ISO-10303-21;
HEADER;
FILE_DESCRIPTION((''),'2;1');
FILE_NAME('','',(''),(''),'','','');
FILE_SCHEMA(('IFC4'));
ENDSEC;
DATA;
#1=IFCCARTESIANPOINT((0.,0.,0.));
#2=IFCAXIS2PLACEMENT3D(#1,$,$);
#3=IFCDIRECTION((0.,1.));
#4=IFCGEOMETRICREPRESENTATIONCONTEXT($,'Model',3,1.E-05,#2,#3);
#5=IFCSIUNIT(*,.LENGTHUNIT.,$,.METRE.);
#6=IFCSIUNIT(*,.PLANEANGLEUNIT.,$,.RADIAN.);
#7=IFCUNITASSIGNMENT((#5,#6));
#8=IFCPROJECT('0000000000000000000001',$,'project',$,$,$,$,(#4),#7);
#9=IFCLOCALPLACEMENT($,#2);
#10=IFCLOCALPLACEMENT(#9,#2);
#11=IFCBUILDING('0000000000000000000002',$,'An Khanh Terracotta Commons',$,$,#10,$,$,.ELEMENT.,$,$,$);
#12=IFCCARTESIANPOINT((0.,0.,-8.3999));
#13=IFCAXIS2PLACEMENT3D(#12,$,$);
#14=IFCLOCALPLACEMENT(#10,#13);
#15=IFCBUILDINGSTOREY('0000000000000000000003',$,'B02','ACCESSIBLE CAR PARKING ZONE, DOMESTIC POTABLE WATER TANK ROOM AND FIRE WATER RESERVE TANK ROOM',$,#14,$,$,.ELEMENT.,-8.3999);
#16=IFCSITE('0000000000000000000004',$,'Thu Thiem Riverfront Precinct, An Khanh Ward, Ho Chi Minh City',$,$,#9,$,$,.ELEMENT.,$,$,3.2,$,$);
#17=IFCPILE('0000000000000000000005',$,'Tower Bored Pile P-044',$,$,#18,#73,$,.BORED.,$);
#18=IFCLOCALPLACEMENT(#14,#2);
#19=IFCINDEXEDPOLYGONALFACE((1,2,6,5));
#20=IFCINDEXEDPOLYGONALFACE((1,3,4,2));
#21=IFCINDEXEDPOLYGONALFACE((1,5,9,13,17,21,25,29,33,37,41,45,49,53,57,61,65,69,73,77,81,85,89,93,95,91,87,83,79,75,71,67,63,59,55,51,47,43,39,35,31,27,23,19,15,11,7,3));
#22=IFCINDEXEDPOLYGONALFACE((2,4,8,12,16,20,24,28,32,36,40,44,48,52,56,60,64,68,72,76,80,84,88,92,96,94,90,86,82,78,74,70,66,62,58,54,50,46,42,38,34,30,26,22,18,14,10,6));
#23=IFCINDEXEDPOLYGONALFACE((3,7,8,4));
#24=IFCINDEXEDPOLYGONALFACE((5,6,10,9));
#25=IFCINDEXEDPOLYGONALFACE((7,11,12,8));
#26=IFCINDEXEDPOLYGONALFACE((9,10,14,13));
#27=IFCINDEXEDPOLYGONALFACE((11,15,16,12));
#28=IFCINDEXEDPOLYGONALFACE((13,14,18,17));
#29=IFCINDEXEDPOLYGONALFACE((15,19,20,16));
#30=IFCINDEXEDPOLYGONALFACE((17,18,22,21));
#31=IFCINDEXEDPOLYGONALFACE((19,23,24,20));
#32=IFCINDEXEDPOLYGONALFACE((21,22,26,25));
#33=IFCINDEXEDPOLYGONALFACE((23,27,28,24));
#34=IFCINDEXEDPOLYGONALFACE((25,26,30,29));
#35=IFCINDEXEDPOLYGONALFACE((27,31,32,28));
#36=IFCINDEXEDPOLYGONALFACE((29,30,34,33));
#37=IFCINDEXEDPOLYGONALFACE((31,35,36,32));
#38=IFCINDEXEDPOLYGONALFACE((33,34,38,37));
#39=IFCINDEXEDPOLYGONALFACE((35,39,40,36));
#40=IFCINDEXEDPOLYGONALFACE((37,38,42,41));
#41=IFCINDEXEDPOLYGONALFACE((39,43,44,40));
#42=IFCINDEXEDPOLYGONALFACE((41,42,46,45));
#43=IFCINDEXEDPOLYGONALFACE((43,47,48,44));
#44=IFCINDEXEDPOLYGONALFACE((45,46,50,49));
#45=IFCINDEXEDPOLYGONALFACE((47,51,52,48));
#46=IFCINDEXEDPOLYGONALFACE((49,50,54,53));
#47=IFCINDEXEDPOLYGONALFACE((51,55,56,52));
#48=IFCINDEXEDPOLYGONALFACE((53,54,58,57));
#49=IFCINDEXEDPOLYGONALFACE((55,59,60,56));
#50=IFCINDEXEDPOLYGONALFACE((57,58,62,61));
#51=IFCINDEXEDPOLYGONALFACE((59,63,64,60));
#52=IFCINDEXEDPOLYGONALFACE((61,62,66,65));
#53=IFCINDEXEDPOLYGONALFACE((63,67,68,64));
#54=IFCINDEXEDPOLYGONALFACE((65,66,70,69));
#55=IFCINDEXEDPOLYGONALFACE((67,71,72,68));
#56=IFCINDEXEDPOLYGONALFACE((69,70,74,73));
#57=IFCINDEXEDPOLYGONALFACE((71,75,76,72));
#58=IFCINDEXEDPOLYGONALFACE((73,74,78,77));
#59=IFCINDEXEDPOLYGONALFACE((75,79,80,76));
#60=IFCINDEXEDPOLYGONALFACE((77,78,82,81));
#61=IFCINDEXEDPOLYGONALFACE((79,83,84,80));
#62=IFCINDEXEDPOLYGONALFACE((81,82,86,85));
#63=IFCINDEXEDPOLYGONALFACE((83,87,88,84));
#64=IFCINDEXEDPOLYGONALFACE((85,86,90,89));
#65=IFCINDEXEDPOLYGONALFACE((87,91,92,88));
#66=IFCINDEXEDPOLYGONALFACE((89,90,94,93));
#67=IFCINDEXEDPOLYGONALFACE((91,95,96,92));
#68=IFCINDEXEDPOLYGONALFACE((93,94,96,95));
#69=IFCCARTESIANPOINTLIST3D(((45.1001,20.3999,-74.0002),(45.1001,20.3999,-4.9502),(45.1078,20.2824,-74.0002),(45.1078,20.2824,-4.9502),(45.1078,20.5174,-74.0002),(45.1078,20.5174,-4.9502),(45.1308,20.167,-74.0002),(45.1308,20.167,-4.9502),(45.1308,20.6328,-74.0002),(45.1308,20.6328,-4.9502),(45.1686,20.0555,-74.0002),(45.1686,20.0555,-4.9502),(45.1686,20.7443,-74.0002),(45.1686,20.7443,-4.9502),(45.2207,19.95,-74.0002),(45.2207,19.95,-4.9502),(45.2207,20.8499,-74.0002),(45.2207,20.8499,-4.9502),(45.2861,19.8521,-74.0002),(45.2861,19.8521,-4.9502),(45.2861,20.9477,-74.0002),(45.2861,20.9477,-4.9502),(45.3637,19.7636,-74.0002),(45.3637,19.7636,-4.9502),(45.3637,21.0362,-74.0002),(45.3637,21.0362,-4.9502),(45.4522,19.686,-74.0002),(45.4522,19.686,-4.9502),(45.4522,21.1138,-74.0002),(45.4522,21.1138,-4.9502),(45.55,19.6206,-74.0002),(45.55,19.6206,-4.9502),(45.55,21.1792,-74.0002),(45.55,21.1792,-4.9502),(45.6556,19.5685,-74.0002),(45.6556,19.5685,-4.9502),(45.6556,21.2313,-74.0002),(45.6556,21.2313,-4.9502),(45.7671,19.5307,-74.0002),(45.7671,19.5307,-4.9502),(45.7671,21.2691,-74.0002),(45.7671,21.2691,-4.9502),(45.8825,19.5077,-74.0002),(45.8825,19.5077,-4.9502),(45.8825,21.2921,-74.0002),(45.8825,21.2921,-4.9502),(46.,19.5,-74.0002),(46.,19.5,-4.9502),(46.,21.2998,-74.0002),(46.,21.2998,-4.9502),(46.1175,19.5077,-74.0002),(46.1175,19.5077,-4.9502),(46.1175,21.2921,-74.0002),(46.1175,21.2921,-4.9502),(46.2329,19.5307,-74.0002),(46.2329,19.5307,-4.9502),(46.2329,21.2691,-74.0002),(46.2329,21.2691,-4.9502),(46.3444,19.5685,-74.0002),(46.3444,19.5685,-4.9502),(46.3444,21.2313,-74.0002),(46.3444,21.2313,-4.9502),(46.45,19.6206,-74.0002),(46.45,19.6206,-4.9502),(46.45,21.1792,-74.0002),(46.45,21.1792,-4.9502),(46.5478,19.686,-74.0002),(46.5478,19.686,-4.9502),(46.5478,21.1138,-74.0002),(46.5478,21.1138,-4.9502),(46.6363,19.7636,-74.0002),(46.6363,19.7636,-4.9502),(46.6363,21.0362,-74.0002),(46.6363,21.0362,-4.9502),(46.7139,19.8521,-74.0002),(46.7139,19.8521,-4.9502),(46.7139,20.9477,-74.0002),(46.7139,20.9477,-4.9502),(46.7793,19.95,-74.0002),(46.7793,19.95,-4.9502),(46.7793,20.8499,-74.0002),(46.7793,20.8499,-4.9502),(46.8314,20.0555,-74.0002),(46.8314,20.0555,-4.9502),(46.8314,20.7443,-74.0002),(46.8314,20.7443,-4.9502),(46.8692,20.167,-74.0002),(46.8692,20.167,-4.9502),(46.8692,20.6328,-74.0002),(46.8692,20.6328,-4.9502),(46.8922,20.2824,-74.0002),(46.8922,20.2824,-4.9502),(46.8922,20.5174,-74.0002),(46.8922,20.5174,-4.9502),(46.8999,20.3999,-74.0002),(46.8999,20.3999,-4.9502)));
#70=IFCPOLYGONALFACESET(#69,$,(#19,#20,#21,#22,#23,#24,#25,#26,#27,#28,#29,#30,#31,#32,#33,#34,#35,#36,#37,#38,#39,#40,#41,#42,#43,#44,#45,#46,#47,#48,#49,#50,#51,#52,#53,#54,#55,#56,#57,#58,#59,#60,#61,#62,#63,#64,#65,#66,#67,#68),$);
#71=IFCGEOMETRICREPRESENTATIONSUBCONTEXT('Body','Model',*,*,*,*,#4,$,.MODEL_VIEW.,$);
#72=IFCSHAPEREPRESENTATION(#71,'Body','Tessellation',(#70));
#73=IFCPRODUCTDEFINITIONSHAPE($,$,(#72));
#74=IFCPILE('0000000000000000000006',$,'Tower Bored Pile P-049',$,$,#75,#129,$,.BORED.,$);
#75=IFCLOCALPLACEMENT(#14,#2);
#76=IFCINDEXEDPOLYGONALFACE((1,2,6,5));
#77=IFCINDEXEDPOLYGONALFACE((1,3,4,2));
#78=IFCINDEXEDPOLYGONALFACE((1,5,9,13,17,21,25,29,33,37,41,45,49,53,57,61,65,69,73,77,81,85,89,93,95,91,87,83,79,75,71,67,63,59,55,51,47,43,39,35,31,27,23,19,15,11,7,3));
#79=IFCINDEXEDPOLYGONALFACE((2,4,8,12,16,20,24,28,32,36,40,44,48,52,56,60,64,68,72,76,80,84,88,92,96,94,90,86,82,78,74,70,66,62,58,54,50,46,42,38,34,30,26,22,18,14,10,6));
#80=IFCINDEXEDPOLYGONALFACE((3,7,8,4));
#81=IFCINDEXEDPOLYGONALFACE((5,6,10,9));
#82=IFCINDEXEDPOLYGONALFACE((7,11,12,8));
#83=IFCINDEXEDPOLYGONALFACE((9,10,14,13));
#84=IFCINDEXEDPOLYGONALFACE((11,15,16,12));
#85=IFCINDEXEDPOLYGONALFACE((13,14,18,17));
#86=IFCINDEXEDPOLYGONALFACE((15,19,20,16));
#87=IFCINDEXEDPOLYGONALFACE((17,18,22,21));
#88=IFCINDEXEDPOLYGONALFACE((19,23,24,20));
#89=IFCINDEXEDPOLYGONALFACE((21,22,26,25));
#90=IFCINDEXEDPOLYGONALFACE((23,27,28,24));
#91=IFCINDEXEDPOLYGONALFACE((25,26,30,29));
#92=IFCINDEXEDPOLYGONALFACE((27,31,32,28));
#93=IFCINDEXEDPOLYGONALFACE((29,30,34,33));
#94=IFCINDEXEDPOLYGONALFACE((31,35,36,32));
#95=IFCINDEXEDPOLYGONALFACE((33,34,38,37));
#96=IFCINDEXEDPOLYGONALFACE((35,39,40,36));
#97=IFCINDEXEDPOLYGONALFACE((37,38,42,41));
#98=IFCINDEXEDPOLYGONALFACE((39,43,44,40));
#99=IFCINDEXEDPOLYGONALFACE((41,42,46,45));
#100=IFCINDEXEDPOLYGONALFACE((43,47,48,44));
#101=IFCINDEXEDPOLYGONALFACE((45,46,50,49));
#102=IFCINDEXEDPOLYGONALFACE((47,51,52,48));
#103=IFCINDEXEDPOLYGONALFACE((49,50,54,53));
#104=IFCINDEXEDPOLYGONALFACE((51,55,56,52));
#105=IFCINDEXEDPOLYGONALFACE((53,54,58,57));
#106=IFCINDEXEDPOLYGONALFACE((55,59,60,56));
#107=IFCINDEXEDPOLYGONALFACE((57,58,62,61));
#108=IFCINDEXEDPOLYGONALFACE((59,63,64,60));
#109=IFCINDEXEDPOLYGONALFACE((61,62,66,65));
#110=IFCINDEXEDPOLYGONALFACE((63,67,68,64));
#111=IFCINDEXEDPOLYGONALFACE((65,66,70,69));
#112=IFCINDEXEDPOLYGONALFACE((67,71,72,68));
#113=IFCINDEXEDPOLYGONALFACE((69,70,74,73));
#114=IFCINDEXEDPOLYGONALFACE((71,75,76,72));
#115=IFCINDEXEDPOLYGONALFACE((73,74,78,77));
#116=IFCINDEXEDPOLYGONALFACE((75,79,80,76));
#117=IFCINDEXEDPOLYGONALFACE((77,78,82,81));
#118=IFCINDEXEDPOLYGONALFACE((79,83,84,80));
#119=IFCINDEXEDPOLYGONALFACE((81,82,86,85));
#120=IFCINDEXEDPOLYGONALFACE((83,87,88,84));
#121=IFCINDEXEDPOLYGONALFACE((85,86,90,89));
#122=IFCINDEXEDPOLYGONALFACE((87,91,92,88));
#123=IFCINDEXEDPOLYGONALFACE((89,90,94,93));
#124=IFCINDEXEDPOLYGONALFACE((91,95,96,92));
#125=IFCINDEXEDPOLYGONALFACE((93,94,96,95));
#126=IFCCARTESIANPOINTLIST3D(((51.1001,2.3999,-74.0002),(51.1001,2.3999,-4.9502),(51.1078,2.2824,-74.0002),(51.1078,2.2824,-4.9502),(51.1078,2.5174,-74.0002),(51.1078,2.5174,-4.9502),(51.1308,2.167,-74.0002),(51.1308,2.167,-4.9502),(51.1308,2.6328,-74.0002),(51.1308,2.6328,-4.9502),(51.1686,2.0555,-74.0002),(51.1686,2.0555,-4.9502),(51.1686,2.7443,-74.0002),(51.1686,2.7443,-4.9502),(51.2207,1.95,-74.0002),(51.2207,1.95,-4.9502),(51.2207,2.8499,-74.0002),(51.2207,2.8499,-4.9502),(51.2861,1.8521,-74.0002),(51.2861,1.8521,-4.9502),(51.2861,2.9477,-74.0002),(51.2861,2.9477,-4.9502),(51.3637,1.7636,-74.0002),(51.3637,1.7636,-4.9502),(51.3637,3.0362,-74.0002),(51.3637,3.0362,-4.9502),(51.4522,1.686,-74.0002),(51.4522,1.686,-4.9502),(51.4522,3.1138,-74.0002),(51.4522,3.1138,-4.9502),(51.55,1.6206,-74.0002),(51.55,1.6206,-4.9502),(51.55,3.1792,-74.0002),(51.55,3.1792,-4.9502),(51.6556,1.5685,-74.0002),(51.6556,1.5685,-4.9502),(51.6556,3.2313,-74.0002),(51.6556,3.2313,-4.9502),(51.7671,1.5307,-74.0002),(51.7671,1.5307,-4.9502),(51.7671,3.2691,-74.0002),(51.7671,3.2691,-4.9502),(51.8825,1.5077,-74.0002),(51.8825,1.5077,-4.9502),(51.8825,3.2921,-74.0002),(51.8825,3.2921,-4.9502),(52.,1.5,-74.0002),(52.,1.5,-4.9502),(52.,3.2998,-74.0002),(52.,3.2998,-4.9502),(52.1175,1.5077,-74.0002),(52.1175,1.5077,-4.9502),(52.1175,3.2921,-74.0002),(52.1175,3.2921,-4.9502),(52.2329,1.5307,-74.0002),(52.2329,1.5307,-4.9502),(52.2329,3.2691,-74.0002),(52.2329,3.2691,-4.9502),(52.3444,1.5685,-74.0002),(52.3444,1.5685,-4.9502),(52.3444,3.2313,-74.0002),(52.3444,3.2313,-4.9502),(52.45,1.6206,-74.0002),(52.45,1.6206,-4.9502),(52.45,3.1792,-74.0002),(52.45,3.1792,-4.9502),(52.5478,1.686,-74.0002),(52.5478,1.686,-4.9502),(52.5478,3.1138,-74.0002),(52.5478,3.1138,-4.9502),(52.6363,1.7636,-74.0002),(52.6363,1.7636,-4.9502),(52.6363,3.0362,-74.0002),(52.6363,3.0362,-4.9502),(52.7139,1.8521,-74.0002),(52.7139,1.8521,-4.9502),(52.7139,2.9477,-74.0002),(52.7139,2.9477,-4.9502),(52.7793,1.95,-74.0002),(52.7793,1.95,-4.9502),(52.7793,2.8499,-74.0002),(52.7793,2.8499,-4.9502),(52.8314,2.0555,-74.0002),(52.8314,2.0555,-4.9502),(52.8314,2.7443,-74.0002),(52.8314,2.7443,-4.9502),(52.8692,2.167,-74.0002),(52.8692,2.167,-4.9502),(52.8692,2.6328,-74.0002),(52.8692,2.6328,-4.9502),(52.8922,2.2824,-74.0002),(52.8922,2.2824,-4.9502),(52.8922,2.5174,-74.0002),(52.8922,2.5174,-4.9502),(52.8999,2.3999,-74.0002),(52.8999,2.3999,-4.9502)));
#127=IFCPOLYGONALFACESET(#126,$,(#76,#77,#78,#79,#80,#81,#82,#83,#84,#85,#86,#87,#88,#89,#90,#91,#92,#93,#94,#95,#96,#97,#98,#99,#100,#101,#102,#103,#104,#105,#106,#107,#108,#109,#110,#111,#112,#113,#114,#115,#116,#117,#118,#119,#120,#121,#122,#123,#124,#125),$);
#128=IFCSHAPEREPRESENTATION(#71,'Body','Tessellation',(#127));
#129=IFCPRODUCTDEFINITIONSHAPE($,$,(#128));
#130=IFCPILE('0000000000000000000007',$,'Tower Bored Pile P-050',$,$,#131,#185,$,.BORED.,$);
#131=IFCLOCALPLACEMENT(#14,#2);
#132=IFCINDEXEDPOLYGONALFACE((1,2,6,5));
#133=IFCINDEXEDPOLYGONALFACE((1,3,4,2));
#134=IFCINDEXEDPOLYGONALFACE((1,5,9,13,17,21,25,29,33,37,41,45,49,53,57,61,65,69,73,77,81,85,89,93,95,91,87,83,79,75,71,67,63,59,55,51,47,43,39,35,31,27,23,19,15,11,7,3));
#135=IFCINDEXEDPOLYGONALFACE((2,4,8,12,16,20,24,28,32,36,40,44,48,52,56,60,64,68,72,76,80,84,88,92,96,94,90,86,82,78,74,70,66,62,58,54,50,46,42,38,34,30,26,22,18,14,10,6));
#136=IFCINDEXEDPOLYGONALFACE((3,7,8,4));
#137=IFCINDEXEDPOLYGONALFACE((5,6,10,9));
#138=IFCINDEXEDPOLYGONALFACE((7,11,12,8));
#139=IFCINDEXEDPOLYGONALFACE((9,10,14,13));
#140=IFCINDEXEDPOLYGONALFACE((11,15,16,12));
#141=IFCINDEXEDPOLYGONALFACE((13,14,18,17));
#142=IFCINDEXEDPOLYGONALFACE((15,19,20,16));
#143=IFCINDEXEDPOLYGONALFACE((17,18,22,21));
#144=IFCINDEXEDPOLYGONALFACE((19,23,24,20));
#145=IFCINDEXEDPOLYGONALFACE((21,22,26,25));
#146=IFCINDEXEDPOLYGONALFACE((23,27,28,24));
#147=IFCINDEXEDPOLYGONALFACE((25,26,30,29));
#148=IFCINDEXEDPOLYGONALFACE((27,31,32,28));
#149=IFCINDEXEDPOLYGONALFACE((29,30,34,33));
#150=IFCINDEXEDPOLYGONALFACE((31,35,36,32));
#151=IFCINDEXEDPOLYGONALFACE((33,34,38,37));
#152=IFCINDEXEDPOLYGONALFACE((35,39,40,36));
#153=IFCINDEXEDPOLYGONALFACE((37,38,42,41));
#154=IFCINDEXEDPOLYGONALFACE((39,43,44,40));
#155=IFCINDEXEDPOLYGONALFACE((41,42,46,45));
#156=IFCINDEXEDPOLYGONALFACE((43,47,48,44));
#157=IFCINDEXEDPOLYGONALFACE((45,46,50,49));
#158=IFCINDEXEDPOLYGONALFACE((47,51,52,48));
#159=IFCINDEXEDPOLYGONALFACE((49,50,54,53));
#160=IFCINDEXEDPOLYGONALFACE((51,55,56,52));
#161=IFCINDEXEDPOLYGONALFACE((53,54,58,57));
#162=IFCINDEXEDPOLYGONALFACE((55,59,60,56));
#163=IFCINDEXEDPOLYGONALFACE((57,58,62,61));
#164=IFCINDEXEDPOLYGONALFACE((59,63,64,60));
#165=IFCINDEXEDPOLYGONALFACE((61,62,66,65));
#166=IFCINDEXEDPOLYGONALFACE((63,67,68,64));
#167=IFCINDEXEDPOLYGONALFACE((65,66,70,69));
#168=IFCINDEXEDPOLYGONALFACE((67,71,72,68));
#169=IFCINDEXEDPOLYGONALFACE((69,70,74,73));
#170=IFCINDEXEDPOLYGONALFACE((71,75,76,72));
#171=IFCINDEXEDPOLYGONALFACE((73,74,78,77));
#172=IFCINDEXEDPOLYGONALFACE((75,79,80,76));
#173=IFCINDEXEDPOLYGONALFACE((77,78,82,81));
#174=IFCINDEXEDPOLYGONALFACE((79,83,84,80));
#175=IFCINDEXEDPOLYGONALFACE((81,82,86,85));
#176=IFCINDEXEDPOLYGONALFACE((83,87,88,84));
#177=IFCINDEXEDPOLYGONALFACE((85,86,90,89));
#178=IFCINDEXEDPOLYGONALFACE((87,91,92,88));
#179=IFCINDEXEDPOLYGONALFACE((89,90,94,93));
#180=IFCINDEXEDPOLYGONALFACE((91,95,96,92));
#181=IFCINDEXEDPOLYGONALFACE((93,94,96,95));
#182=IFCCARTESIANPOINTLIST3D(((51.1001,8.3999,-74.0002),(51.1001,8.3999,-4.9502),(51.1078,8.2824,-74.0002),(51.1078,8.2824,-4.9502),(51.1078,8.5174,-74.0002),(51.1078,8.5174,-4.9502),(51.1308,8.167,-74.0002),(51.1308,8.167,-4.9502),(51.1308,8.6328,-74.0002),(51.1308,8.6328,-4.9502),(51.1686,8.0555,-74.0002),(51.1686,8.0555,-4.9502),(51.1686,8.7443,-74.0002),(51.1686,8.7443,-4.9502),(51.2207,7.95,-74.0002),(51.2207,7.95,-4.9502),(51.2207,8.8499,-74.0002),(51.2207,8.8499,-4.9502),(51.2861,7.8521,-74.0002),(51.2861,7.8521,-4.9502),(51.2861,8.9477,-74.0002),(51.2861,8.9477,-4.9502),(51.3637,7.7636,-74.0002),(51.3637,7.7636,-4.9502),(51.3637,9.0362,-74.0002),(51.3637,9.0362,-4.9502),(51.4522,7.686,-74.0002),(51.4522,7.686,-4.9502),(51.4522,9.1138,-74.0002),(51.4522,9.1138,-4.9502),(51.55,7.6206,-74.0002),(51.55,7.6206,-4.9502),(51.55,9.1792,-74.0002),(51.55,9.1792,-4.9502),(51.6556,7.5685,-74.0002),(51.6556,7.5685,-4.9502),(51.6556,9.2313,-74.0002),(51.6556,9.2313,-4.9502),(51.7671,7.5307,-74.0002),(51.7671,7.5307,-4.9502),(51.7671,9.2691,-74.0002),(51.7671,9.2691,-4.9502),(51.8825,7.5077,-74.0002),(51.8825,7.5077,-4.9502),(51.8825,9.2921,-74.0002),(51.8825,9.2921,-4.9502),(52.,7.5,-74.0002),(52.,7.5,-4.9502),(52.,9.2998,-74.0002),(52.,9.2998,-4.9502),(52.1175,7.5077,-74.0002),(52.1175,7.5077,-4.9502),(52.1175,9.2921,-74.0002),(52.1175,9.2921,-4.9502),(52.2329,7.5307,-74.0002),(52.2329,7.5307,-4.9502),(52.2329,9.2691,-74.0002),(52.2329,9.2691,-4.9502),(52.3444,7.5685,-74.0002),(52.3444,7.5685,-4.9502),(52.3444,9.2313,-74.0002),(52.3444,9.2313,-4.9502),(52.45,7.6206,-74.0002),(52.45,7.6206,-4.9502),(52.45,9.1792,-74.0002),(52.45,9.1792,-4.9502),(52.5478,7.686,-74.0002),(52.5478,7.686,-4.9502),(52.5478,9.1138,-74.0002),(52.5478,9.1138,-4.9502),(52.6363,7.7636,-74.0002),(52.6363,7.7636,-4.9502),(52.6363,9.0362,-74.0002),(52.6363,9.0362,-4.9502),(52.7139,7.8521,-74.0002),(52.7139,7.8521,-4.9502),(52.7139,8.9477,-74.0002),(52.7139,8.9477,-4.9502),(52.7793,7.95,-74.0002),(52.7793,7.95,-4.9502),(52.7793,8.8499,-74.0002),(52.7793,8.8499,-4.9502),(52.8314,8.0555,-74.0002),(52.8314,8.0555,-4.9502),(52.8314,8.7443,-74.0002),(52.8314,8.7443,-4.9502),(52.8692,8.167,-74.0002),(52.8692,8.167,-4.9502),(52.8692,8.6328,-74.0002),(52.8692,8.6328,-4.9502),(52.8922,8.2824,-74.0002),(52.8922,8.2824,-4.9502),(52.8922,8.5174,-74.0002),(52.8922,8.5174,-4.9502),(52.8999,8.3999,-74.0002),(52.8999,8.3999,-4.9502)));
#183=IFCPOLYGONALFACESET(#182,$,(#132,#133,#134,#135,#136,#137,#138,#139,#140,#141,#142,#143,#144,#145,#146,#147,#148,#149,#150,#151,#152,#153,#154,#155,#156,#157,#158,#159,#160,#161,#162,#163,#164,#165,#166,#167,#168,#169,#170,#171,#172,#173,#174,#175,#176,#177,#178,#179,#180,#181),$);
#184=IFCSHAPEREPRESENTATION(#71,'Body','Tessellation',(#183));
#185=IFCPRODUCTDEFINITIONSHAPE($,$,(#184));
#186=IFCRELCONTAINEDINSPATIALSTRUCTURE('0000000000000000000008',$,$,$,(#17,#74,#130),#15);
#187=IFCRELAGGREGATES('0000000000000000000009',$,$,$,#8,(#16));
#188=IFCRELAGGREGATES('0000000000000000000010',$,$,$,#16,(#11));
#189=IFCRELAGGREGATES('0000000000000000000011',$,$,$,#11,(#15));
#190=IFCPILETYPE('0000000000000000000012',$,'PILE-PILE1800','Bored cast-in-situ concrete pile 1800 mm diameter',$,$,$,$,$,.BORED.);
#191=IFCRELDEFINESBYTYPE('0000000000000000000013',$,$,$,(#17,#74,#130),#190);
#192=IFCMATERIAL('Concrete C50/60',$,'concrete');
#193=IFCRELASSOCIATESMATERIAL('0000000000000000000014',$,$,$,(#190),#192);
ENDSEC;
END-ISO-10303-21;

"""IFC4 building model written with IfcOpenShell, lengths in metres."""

from ifc_helpers import new_model, si_unit, direction, frame, origin, origin_2d, place, context, subcontext, project, spatial, circle, extrude, material, material_profile, profile_set, type_object, element, save


model = new_model("IFC4")

# Units and contexts
model_context = context("Model", 3, precision=1e-05, world=origin(), true_north=direction((0.0, 1.0)))
body_context = subcontext(model_context, "Body", "Model", "MODEL_VIEW")
ifc_project = project(units=[si_unit("LENGTHUNIT", "METRE"), si_unit("PLANEANGLEUNIT", "RADIAN")], contexts=[model_context])

# Site, building, storey
site_placement = place(None, origin())
site = spatial("IfcSite", under=ifc_project, at=site_placement, Name="Thu Thiem Riverfront Precinct, An Khanh Ward, Ho Chi Minh City", CompositionType="ELEMENT", RefElevation=3.2)
building_placement = place(site_placement, origin())
building = spatial("IfcBuilding", under=site, at=building_placement, Name="An Khanh Terracotta Commons", CompositionType="ELEMENT")
storey_placement = place(building_placement, frame((0.0, 0.0, -8.3999)))
storey = spatial("IfcBuildingStorey", under=building, at=storey_placement, Name="B02", Description="ACCESSIBLE CAR PARKING ZONE, DOMESTIC POTABLE WATER TANK ROOM AND FIRE WATER RESERVE TANK ROOM", CompositionType="ELEMENT", Elevation=-8.3999)

# Shared definitions
ifc_material_1 = material(Name="Concrete C50/60", Category="concrete")

# Piles
ifc_material_profile_1 = material_profile(ifc_material_1, circle(Radius=0.8999, at=origin_2d()), Name="PILE1800")
ifc_profile_set_1 = profile_set([ifc_material_profile_1], Name="Concrete C50/60")
pile_type_1 = type_object("IfcPileType", Name="PILE-PILE1800", Description="Bored cast-in-situ concrete pile 1800 mm diameter", PredefinedType="BORED", material=ifc_profile_set_1)
for number, where, z_axis, x_axis, name in (
    (1, (46.0, 20.3999, -4.9502), (0.0, 0.0, -1.0), (1.0, 0.0, 0.0), "Tower Bored Pile P-044"),
    (2, (52.0, 2.3999, -4.9502), (0.0, 0.0, -1.0), (1.0, 0.0, 0.0), "Tower Bored Pile P-049"),
    (3, (52.0, 8.3999, -4.9502), (0.0, 0.0, -1.0), (1.0, 0.0, 0.0), "Tower Bored Pile P-050"),
):
    element("IfcPile", number, at=place(storey_placement, frame(where, z_axis=z_axis, x_axis=x_axis)), inside=storey, type_object=pile_type_1, Name=name, PredefinedType="BORED", context=body_context, shape_type="SweptSolid", body=[
        extrude(circle(Radius=0.8999, at=origin_2d()), origin(), (0.0, 0.0, 1.0), 69.05),
    ])

save(model, "model.ifc")
